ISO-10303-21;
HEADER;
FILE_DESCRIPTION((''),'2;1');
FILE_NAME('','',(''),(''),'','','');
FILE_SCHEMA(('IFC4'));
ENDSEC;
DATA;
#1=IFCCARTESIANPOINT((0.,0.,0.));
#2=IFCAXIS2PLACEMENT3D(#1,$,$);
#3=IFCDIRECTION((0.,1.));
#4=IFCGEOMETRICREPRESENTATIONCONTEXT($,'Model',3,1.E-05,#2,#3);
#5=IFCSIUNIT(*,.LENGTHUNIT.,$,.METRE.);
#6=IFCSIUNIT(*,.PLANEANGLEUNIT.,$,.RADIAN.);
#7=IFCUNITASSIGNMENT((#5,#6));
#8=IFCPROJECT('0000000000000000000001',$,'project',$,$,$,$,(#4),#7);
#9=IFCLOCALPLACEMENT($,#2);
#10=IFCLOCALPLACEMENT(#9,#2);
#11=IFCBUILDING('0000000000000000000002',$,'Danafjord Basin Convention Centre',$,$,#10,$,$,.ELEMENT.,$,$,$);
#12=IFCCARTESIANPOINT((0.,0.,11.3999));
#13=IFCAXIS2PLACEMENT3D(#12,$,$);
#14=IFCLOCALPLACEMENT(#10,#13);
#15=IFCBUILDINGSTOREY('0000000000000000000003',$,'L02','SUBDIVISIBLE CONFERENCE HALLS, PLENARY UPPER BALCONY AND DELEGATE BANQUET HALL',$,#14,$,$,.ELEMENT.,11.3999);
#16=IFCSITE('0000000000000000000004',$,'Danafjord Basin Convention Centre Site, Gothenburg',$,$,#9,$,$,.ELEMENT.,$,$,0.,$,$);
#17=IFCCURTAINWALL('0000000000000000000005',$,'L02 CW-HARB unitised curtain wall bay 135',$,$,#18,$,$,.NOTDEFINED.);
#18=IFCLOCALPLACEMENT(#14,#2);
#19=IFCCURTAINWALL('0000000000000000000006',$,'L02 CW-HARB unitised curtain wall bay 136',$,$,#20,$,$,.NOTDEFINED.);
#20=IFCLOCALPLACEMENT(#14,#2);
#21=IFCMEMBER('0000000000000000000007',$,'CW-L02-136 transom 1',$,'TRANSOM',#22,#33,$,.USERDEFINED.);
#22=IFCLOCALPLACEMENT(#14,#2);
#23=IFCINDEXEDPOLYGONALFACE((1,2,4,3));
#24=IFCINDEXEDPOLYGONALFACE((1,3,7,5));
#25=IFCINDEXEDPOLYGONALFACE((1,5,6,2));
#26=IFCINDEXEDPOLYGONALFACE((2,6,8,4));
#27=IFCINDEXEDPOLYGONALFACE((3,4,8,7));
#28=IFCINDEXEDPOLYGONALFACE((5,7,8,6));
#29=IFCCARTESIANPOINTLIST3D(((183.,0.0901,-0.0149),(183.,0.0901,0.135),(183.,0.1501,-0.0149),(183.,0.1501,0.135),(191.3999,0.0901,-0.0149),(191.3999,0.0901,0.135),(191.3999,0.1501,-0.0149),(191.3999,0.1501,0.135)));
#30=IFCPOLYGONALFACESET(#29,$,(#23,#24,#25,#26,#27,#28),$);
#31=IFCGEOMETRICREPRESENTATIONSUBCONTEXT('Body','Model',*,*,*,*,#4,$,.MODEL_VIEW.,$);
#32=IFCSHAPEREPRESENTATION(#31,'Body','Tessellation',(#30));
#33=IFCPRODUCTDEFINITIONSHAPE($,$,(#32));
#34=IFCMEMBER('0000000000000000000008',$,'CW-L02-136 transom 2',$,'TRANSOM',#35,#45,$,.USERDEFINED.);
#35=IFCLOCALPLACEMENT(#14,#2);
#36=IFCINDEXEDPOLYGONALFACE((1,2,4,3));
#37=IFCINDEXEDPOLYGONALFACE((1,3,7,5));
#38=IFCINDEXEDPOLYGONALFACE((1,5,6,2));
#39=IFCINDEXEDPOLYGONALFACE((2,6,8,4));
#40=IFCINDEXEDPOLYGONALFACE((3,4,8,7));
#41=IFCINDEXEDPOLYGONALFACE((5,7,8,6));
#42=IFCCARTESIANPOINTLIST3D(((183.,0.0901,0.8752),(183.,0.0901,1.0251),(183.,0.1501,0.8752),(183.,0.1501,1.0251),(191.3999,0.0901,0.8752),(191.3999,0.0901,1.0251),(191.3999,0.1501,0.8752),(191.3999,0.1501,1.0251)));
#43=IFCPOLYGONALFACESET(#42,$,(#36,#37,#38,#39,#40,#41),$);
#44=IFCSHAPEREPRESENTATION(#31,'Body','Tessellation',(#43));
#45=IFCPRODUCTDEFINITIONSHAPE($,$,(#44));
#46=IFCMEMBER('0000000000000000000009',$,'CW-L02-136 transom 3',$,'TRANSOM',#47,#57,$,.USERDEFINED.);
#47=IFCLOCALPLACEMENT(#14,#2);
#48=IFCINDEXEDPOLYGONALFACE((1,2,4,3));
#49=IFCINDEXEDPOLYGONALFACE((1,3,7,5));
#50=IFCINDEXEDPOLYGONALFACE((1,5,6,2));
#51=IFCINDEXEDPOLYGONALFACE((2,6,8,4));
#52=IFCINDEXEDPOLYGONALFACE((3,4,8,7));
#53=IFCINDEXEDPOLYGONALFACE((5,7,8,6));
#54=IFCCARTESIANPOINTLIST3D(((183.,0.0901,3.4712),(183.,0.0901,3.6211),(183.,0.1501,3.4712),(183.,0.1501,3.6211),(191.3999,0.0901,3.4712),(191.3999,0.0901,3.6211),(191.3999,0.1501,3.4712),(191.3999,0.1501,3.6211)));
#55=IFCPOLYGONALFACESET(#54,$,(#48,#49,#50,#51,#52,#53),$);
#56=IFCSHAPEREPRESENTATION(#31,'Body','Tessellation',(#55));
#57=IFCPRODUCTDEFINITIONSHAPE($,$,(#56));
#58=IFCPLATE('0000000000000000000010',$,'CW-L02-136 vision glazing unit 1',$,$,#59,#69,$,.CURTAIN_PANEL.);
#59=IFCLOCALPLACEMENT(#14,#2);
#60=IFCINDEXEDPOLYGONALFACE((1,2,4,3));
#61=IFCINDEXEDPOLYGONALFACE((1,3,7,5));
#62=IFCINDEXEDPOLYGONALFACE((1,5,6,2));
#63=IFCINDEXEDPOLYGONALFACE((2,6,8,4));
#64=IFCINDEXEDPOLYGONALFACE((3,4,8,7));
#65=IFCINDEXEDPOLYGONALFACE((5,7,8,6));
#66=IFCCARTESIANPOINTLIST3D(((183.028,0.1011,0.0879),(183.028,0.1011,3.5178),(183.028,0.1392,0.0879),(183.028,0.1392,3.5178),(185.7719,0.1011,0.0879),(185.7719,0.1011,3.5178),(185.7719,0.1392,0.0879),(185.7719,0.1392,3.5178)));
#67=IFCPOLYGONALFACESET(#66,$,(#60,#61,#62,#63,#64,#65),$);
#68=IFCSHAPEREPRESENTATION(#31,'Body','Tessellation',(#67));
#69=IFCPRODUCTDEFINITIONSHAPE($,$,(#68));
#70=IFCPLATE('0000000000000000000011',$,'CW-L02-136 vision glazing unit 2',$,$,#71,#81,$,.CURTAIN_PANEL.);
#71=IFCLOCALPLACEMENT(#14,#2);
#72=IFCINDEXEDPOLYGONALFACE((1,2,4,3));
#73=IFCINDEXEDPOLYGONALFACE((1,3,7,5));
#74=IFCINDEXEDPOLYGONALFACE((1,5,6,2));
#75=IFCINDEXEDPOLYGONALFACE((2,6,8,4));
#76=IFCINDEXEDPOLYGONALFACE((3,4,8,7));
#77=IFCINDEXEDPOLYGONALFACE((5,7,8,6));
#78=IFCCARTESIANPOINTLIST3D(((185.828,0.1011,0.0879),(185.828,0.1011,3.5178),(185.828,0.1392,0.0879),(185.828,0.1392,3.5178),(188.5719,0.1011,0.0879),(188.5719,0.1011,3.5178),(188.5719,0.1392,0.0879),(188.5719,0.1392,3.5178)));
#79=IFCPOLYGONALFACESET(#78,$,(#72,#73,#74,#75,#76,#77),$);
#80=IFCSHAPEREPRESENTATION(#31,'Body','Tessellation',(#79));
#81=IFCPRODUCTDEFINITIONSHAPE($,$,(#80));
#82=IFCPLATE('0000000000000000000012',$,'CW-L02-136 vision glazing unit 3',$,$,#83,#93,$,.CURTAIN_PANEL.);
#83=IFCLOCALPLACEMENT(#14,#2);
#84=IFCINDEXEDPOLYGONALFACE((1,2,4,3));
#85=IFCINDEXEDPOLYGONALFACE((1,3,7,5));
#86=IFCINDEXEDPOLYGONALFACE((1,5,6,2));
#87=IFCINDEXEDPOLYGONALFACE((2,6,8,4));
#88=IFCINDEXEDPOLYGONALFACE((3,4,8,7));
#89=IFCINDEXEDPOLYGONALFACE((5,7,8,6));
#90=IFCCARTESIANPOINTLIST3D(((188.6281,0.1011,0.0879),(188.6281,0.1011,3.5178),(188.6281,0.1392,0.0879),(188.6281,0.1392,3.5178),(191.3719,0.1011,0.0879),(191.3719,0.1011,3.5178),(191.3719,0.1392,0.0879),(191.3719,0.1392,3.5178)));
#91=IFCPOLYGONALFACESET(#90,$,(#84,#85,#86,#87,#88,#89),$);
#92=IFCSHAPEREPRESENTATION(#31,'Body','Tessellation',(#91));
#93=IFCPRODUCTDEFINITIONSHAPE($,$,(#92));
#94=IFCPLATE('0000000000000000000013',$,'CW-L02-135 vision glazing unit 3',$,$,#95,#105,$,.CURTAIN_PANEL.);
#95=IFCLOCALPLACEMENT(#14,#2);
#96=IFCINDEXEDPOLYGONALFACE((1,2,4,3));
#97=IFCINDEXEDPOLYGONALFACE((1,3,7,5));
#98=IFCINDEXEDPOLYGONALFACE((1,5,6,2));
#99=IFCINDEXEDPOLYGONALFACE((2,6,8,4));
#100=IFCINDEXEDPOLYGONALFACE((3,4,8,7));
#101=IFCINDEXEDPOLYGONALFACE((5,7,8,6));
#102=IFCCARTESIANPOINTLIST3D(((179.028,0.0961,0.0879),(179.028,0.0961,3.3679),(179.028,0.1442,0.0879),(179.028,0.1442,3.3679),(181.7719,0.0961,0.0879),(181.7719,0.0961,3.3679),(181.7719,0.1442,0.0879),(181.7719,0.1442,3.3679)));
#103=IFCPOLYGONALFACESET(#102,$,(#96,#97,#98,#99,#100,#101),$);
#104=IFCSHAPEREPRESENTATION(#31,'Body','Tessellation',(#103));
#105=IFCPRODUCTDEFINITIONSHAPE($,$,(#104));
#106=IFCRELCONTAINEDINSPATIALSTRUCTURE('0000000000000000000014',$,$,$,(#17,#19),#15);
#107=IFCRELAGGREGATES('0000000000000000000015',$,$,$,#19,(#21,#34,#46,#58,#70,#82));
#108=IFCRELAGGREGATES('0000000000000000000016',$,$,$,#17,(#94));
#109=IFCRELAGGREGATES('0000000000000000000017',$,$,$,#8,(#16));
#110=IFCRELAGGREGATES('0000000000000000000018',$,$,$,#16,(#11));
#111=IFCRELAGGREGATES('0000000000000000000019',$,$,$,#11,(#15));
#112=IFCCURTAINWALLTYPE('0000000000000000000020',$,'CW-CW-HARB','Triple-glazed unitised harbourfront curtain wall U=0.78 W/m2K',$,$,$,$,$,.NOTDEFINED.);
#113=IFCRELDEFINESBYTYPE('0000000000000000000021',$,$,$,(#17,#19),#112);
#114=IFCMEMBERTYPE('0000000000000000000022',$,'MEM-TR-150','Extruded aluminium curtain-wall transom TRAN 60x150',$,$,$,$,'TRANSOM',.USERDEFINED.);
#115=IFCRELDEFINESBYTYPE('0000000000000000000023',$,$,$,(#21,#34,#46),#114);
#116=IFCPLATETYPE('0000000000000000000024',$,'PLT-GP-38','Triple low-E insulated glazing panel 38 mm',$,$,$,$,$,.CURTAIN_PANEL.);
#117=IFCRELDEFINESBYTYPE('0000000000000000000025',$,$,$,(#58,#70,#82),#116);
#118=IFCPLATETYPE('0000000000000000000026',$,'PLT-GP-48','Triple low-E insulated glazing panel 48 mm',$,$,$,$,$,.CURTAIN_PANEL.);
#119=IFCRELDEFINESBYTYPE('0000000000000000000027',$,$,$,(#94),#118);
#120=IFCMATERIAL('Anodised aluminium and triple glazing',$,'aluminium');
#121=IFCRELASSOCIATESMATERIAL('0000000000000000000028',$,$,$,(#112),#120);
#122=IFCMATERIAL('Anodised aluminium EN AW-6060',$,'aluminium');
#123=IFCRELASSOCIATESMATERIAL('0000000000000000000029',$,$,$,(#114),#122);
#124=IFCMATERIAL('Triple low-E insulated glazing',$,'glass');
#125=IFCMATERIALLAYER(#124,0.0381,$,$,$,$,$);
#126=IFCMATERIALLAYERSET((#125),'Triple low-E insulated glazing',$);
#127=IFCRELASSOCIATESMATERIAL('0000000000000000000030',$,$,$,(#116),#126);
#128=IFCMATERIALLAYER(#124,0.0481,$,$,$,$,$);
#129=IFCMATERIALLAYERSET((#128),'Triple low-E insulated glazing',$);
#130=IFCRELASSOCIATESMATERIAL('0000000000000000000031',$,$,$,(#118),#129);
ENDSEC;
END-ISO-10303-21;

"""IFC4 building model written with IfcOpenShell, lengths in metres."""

from ifc_helpers import new_model, si_unit, direction, frame, origin, origin_2d, place, context, subcontext, project, spatial, rectangle, extrude, material, layer, layer_set, material_profile, profile_set, type_object, element, aggregate, save


model = new_model("IFC4")

# Units and contexts
model_context = context("Model", 3, precision=1e-05, world=origin(), true_north=direction((0.0, 1.0)))
body_context = subcontext(model_context, "Body", "Model", "MODEL_VIEW")
ifc_project = project(units=[si_unit("LENGTHUNIT", "METRE"), si_unit("PLANEANGLEUNIT", "RADIAN")], contexts=[model_context])

# Site, building, storey
site_placement = place(None, origin())
site = spatial("IfcSite", under=ifc_project, at=site_placement, Name="Danafjord Basin Convention Centre Site, Gothenburg", CompositionType="ELEMENT", RefElevation=0.0)
building_placement = place(site_placement, origin())
building = spatial("IfcBuilding", under=site, at=building_placement, Name="Danafjord Basin Convention Centre", CompositionType="ELEMENT")
storey_placement = place(building_placement, frame((0.0, 0.0, 11.3999)))
storey = spatial("IfcBuildingStorey", under=building, at=storey_placement, Name="L02", Description="SUBDIVISIBLE CONFERENCE HALLS, PLENARY UPPER BALCONY AND DELEGATE BANQUET HALL", CompositionType="ELEMENT", Elevation=11.3999)

# Curtain wall
ifc_material_1 = material(Name="Anodised aluminium and triple glazing", Category="aluminium")
curtain_wall_type = type_object("IfcCurtainWallType", Name="CW-CW-HARB", Description="Triple-glazed unitised harbourfront curtain wall U=0.78 W/m2K", PredefinedType="NOTDEFINED", material=ifc_material_1)
curtain_wall_1_placement = place(storey_placement, origin())
curtain_wall_1 = element("IfcCurtainWall", 1, at=curtain_wall_1_placement, inside=storey, type_object=curtain_wall_type, Name="L02 CW-HARB unitised curtain wall bay 135", PredefinedType="NOTDEFINED")
ifc_material_2 = material(Name="Anodised aluminium EN AW-6060", Category="aluminium")

# Curtain wall, members, plates
curtain_wall_2_placement = place(storey_placement, origin())
curtain_wall_2 = element("IfcCurtainWall", 2, at=curtain_wall_2_placement, inside=storey, type_object=curtain_wall_type, Name="L02 CW-HARB unitised curtain wall bay 136", PredefinedType="NOTDEFINED")
ifc_material_profile_1 = material_profile(ifc_material_2, rectangle(XDim=0.0601, YDim=0.1499, at=origin_2d()), Name="TRAN 60x150")
ifc_profile_set_1 = profile_set([ifc_material_profile_1], Name="Anodised aluminium EN AW-6060")
member_type_1 = type_object("IfcMemberType", Name="MEM-TR-150", Description="Extruded aluminium curtain-wall transom TRAN 60x150", ElementType="TRANSOM", PredefinedType="USERDEFINED", material=ifc_profile_set_1)
member_1_placement = place(storey_placement, frame((183.0, 0.1201, 0.0601), z_axis=(1.0, 0.0, 0.0), x_axis=(0.0, 1.0, 0.0)))
member_1 = element("IfcMember", 3, at=member_1_placement, type_object=member_type_1, Name="CW-L02-136 transom 1", ObjectType="TRANSOM", PredefinedType="USERDEFINED", context=body_context, shape_type="SweptSolid", body=[
    extrude(rectangle(XDim=0.0601, YDim=0.1499, at=origin_2d()), origin(), (0.0, 0.0, 1.0), 8.3999),
])
member_2_placement = place(storey_placement, frame((183.0, 0.1201, 0.9502), z_axis=(1.0, 0.0, 0.0), x_axis=(0.0, 1.0, 0.0)))
member_2 = element("IfcMember", 4, at=member_2_placement, type_object=member_type_1, Name="CW-L02-136 transom 2", ObjectType="TRANSOM", PredefinedType="USERDEFINED", context=body_context, shape_type="SweptSolid", body=[
    extrude(rectangle(XDim=0.0601, YDim=0.1499, at=origin_2d()), origin(), (0.0, 0.0, 1.0), 8.3999),
])
member_3_placement = place(storey_placement, frame((183.0, 0.1201, 3.5461), z_axis=(1.0, 0.0, 0.0), x_axis=(0.0, 1.0, 0.0)))
member_3 = element("IfcMember", 5, at=member_3_placement, type_object=member_type_1, Name="CW-L02-136 transom 3", ObjectType="TRANSOM", PredefinedType="USERDEFINED", context=body_context, shape_type="SweptSolid", body=[
    extrude(rectangle(XDim=0.0601, YDim=0.1499, at=origin_2d()), origin(), (0.0, 0.0, 1.0), 8.3999),
])
ifc_material_3 = material(Name="Triple low-E insulated glazing", Category="glass")
ifc_layer_1 = layer(ifc_material_3, 0.0381)
ifc_layer_set_1 = layer_set([ifc_layer_1], Name="Triple low-E insulated glazing")
plate_type_1 = type_object("IfcPlateType", Name="PLT-GP-38", Description="Triple low-E insulated glazing panel 38 mm", PredefinedType="CURTAIN_PANEL", material=ifc_layer_set_1)
plate_1_placement = place(storey_placement, frame((184.3999, 0.1201, 0.0879), z_axis=(0.0, 0.0, 1.0), x_axis=(1.0, 0.0, 0.0)))
plate_1 = element("IfcPlate", 6, at=plate_1_placement, type_object=plate_type_1, Name="CW-L02-136 vision glazing unit 1", PredefinedType="CURTAIN_PANEL", context=body_context, shape_type="SweptSolid", body=[
    extrude(rectangle(XDim=2.7439, YDim=0.0381, at=origin_2d()), origin(), (0.0, 0.0, 1.0), 3.4299),
])
plate_2_placement = place(storey_placement, frame((187.2, 0.1201, 0.0879), z_axis=(0.0, 0.0, 1.0), x_axis=(1.0, 0.0, 0.0)))
plate_2 = element("IfcPlate", 7, at=plate_2_placement, type_object=plate_type_1, Name="CW-L02-136 vision glazing unit 2", PredefinedType="CURTAIN_PANEL", context=body_context, shape_type="SweptSolid", body=[
    extrude(rectangle(XDim=2.7439, YDim=0.0381, at=origin_2d()), origin(), (0.0, 0.0, 1.0), 3.4299),
])
plate_3_placement = place(storey_placement, frame((190.0, 0.1201, 0.0879), z_axis=(0.0, 0.0, 1.0), x_axis=(1.0, 0.0, 0.0)))
plate_3 = element("IfcPlate", 8, at=plate_3_placement, type_object=plate_type_1, Name="CW-L02-136 vision glazing unit 3", PredefinedType="CURTAIN_PANEL", context=body_context, shape_type="SweptSolid", body=[
    extrude(rectangle(XDim=2.7439, YDim=0.0381, at=origin_2d()), origin(), (0.0, 0.0, 1.0), 3.4299),
])
aggregate(curtain_wall_2, [member_1, member_2, member_3, plate_1, plate_2, plate_3])

# Plate
ifc_layer_2 = layer(ifc_material_3, 0.0481)
ifc_layer_set_2 = layer_set([ifc_layer_2], Name="Triple low-E insulated glazing")
plate_type_2 = type_object("IfcPlateType", Name="PLT-GP-48", Description="Triple low-E insulated glazing panel 48 mm", PredefinedType="CURTAIN_PANEL", material=ifc_layer_set_2)
plate_4_placement = place(storey_placement, frame((180.3999, 0.1201, 0.0879), z_axis=(0.0, 0.0, 1.0), x_axis=(1.0, 0.0, 0.0)))
plate_4 = element("IfcPlate", 9, at=plate_4_placement, type_object=plate_type_2, Name="CW-L02-135 vision glazing unit 3", PredefinedType="CURTAIN_PANEL", context=body_context, shape_type="SweptSolid", body=[
    extrude(rectangle(XDim=2.7439, YDim=0.0481, at=origin_2d()), origin(), (0.0, 0.0, 1.0), 3.28),
])
aggregate(curtain_wall_1, [plate_4])

save(model, "model.ifc")
